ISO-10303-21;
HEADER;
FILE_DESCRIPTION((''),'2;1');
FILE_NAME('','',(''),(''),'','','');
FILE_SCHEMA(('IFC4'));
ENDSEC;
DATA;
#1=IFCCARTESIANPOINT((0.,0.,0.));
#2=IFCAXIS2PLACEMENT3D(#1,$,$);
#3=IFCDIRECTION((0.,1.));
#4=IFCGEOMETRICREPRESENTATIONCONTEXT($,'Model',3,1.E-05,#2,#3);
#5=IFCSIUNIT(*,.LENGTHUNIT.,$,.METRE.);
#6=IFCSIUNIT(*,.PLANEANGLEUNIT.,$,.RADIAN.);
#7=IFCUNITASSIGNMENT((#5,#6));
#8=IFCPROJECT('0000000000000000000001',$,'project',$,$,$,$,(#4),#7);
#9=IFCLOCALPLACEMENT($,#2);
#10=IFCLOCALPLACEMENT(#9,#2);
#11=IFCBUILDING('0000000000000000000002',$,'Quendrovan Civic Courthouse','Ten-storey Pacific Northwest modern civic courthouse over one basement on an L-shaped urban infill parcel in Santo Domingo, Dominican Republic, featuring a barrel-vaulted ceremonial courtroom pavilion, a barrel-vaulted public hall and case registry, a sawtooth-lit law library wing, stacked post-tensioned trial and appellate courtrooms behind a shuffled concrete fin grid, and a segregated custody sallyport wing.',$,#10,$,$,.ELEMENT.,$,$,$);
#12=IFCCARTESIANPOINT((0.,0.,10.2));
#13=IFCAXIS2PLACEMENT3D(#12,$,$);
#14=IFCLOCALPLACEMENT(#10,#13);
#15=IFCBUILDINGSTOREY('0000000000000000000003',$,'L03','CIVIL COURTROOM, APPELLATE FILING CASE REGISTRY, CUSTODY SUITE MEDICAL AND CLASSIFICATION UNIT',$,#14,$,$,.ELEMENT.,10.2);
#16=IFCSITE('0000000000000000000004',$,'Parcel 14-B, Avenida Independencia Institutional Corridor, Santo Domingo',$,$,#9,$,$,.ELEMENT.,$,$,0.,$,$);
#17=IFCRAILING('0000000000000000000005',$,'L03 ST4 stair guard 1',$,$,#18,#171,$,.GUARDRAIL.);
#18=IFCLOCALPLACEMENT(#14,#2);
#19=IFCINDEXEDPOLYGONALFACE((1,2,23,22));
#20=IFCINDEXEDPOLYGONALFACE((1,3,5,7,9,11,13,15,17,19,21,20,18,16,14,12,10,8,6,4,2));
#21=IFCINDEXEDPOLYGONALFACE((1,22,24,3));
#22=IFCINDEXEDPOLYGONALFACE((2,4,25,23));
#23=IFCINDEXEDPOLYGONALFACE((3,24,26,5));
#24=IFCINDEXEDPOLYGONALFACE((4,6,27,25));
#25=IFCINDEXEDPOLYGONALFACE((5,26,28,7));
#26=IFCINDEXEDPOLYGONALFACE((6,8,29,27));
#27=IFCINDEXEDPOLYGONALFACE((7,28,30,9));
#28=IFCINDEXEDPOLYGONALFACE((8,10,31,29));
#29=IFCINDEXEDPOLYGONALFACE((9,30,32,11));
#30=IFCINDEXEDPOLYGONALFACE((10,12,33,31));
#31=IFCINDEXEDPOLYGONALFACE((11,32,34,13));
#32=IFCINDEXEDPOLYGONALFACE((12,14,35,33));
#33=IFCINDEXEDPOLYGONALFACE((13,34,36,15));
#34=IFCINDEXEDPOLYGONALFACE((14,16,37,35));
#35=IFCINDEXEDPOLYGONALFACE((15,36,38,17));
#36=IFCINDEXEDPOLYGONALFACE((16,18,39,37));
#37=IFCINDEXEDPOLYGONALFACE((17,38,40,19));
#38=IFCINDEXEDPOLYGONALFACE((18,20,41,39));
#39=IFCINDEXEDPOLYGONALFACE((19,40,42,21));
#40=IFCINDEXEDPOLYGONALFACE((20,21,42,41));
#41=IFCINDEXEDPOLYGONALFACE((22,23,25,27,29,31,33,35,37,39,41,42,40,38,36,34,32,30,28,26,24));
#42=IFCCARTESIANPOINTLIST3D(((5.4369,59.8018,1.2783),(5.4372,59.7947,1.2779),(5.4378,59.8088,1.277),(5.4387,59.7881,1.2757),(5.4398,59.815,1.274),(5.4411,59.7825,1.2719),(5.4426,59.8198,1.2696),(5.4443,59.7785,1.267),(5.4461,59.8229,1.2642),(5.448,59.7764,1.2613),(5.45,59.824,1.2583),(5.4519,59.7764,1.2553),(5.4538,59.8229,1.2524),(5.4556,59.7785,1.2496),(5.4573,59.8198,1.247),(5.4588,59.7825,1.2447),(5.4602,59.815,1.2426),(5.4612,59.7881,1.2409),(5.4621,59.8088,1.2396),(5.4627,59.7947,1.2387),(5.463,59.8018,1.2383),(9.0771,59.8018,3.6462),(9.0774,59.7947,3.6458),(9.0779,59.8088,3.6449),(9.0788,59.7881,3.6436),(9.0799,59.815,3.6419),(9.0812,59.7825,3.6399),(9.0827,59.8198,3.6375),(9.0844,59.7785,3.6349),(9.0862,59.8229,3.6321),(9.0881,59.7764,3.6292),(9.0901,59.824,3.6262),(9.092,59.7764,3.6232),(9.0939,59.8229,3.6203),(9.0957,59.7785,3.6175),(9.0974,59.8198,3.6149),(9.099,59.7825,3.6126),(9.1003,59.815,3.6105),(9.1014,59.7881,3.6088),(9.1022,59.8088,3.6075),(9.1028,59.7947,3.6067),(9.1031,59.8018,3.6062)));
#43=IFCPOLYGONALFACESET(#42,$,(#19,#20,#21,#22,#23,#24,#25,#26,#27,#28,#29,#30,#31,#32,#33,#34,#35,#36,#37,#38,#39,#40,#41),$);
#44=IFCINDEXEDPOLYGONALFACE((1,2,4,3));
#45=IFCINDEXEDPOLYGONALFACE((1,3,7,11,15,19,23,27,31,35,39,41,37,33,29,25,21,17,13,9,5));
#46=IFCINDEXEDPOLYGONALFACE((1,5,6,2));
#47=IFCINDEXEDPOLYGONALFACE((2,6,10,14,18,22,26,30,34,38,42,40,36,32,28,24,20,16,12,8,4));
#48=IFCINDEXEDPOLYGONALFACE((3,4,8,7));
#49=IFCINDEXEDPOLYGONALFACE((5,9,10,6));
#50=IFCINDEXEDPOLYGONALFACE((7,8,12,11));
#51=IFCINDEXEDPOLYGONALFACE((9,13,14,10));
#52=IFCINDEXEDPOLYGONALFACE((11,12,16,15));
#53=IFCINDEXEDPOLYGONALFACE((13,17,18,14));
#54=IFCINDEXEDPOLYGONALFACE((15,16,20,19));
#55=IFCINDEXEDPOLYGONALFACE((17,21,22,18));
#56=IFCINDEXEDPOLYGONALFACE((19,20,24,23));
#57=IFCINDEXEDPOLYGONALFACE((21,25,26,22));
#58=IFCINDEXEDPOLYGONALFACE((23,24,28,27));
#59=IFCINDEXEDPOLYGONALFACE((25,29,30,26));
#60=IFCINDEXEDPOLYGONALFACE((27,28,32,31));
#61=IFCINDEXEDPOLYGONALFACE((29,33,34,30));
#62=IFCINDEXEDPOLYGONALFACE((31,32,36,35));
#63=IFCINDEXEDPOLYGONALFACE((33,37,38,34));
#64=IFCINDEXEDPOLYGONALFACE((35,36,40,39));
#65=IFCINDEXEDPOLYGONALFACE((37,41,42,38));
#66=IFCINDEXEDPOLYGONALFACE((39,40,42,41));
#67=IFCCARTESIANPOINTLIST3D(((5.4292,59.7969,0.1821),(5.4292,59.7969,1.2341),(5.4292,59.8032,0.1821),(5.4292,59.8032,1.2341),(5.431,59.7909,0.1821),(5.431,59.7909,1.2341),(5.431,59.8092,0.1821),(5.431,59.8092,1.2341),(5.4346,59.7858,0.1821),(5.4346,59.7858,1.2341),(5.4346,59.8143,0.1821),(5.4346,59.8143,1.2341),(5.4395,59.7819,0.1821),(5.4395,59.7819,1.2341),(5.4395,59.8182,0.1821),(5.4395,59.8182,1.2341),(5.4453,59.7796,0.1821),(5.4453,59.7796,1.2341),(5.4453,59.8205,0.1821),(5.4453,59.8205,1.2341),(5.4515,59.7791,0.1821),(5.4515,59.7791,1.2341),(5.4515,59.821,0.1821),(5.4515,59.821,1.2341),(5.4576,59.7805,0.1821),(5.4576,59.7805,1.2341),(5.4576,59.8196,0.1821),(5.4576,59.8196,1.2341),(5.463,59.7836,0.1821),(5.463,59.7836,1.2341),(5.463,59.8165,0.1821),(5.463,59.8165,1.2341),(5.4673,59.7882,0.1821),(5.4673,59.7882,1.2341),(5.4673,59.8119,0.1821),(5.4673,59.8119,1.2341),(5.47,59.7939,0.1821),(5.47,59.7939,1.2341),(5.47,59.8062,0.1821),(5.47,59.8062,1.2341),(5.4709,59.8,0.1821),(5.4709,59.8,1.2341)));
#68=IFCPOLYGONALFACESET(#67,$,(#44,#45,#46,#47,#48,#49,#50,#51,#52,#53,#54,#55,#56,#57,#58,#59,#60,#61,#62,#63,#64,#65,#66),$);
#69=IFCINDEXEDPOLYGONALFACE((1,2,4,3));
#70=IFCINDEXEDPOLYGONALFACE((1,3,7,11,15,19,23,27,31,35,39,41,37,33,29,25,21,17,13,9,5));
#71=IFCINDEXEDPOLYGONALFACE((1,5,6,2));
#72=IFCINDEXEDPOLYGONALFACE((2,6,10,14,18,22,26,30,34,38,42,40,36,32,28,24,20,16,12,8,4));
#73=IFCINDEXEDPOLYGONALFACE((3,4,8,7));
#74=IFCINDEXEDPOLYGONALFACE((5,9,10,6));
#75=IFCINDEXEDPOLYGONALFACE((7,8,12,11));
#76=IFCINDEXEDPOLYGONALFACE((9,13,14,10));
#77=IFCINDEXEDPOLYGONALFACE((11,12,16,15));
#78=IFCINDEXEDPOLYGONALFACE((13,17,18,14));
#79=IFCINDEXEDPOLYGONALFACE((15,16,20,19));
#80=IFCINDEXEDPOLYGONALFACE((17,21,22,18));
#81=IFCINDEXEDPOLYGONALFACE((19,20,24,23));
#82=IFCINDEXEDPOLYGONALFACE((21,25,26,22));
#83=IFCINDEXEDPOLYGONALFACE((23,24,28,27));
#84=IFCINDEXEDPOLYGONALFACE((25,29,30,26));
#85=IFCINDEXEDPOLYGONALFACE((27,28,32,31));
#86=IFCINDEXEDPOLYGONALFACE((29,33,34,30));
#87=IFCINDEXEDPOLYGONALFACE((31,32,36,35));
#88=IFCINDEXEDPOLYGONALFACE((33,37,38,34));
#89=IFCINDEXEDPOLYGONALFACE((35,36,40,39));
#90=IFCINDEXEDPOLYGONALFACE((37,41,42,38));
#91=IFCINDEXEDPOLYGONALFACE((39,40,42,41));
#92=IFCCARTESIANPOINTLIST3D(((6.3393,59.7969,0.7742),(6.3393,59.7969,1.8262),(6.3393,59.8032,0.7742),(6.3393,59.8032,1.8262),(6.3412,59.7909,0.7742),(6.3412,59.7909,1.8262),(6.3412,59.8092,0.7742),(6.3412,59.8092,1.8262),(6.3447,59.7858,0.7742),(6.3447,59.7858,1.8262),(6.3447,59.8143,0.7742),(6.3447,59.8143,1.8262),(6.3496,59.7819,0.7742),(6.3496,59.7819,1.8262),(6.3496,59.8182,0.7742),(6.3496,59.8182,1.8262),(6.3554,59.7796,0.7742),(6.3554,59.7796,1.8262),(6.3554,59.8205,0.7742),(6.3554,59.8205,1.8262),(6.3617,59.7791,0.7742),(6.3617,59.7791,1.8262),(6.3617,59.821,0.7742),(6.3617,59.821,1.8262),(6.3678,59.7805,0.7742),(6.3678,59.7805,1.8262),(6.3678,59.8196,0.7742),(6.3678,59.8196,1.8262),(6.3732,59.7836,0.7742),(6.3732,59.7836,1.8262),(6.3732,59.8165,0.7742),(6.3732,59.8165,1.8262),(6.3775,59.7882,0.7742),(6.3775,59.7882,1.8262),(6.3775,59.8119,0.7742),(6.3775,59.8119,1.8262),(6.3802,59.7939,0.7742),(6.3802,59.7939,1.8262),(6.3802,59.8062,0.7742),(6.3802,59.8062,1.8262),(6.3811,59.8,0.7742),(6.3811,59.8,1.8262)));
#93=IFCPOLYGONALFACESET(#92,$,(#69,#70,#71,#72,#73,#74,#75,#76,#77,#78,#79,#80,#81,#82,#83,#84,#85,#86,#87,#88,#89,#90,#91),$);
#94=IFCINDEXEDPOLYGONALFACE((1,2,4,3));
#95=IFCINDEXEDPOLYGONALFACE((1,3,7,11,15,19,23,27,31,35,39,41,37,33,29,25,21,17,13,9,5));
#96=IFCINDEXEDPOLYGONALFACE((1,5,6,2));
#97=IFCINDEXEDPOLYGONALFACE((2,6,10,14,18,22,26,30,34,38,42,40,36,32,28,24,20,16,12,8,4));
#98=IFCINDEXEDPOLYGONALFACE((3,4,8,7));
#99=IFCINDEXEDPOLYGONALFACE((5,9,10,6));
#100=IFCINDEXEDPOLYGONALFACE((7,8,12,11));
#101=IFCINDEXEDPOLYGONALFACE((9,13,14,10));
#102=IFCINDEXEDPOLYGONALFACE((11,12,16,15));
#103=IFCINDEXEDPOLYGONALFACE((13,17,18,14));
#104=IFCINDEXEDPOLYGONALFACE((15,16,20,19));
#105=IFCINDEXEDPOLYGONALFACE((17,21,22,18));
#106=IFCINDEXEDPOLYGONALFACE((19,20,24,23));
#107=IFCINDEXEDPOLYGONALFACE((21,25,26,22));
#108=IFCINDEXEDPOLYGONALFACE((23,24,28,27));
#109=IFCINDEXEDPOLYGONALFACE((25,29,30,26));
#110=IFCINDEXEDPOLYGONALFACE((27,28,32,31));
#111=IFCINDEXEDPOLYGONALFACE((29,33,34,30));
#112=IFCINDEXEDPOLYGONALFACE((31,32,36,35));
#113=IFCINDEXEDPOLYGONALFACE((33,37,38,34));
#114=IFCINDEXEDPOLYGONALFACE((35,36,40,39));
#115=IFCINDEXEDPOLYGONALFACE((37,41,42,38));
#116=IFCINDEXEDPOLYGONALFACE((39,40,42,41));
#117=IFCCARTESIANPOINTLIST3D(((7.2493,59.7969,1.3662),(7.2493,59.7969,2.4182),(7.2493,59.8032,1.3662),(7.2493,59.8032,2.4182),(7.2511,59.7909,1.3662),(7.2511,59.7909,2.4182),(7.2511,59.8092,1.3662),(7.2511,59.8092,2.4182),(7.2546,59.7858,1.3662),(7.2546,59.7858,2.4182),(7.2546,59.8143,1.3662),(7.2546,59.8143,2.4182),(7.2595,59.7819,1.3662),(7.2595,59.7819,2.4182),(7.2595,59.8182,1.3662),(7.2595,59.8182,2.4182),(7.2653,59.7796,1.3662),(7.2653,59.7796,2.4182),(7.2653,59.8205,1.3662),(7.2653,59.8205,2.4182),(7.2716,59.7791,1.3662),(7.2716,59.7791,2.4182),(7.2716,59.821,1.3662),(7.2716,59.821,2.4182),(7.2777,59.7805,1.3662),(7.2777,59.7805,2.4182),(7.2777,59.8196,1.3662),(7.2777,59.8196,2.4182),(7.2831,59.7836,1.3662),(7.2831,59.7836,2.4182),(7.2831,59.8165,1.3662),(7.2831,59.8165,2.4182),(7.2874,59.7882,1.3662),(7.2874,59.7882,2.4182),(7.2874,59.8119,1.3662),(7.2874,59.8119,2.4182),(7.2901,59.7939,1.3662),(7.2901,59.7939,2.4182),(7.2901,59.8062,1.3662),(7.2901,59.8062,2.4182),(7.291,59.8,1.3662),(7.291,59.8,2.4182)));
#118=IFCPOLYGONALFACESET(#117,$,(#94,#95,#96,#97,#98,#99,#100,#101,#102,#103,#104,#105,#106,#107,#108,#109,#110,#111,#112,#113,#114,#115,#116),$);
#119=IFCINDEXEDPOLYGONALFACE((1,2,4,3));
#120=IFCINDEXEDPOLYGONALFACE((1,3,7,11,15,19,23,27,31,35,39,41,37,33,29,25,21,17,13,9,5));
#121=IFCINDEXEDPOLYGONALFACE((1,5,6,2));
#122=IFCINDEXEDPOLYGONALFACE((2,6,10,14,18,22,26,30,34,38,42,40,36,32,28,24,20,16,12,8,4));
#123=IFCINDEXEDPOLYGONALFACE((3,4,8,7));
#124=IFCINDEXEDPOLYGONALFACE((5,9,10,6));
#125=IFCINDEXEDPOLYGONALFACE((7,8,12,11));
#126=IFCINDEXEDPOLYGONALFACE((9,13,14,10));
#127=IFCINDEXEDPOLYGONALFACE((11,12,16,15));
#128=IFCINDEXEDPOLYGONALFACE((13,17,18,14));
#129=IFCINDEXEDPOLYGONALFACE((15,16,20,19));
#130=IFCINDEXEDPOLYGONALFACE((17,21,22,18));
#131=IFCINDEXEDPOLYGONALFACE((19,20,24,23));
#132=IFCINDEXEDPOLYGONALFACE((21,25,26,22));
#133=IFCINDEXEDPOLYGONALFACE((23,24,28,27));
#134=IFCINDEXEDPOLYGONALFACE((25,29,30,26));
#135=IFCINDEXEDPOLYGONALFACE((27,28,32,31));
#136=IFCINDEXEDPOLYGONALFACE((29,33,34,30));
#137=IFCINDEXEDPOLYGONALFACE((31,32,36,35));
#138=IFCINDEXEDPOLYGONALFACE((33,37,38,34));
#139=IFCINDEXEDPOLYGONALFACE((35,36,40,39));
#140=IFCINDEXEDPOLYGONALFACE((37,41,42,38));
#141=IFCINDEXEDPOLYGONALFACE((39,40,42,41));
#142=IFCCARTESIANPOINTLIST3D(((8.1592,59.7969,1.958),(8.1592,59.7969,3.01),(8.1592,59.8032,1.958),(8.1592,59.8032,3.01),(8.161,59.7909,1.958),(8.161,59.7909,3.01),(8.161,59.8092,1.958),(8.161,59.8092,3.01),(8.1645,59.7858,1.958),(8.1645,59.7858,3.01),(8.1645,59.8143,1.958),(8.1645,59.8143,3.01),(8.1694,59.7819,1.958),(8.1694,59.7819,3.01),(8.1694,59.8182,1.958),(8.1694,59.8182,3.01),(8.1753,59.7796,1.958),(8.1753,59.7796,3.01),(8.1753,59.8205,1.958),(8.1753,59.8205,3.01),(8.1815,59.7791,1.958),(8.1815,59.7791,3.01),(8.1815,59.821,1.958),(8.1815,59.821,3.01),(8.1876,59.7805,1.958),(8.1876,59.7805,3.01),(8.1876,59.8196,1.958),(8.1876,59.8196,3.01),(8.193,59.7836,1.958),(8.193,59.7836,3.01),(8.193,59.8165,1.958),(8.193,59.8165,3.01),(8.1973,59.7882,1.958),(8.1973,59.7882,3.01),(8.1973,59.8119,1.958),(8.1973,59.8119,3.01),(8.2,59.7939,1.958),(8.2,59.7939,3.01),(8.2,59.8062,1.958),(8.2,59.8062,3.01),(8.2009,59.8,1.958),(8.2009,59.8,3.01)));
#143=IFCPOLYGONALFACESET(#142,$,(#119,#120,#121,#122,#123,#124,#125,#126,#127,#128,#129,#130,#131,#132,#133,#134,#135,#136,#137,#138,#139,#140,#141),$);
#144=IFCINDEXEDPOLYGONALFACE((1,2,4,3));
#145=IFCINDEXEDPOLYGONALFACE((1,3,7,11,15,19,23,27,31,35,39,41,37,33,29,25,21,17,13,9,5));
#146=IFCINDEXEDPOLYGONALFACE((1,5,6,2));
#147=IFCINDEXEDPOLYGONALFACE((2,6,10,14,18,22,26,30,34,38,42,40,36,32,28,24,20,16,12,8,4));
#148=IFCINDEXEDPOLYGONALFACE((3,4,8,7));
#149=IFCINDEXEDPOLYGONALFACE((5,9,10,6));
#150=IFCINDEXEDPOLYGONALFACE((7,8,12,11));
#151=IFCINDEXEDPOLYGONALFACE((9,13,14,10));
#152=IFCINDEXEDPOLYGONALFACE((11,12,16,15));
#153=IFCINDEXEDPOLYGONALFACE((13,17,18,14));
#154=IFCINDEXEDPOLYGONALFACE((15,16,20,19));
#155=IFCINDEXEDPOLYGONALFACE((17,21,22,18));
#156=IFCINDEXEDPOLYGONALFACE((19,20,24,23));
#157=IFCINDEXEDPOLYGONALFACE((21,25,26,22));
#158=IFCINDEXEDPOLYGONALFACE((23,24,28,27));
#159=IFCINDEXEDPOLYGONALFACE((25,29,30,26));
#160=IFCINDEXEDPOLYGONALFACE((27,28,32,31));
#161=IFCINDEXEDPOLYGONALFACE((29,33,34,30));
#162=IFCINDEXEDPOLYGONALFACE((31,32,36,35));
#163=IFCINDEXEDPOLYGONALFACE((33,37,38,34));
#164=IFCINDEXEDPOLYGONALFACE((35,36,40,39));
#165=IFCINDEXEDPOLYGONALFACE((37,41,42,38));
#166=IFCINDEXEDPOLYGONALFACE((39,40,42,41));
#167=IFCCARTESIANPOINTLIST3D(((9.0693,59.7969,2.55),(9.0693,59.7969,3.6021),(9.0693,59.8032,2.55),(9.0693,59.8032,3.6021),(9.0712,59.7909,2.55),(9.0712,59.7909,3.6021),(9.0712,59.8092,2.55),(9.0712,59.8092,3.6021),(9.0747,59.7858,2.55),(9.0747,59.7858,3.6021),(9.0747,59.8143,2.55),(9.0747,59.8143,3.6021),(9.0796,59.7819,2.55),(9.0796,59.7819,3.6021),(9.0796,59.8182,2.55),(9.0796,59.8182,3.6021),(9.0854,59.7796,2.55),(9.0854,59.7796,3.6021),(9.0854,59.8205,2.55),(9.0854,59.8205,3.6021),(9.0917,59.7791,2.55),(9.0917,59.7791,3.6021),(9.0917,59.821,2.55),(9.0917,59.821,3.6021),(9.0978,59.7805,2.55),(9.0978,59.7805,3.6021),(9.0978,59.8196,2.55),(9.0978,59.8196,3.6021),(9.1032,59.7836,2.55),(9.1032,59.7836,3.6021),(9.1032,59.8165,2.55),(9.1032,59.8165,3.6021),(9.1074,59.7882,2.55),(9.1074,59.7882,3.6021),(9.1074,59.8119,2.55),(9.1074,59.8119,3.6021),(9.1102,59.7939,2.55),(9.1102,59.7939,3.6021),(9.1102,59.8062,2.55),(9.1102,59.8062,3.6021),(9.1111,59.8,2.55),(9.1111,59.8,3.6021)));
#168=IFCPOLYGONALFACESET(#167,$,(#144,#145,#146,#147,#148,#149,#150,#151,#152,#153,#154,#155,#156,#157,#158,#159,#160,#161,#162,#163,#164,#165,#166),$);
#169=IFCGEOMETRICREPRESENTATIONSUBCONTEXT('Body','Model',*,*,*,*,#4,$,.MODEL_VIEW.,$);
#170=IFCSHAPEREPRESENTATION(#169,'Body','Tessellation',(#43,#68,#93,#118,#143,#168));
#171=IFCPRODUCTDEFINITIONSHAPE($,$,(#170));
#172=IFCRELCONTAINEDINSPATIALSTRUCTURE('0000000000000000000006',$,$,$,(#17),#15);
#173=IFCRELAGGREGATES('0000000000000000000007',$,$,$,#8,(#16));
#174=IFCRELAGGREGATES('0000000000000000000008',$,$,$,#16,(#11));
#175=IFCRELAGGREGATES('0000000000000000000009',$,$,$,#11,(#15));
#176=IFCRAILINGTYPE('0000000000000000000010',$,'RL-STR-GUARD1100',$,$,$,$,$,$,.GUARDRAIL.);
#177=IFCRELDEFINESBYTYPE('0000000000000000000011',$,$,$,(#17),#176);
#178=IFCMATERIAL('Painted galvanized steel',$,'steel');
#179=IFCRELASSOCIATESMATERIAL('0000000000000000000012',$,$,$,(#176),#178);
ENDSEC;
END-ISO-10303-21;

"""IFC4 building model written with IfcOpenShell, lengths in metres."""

from ifc_helpers import new_model, si_unit, direction, frame, origin, origin_2d, place, context, subcontext, project, spatial, circle, extrude, material, type_object, element, save


model = new_model("IFC4")

# Units and contexts
model_context = context("Model", 3, precision=1e-05, world=origin(), true_north=direction((0.0, 1.0)))
body_context = subcontext(model_context, "Body", "Model", "MODEL_VIEW")
ifc_project = project(units=[si_unit("LENGTHUNIT", "METRE"), si_unit("PLANEANGLEUNIT", "RADIAN")], contexts=[model_context])

# Site, building, storey
site_placement = place(None, origin())
site = spatial("IfcSite", under=ifc_project, at=site_placement, Name="Parcel 14-B, Avenida Independencia Institutional Corridor, Santo Domingo", CompositionType="ELEMENT", RefElevation=0.0)
building_placement = place(site_placement, origin())
building = spatial("IfcBuilding", under=site, at=building_placement, Name="Quendrovan Civic Courthouse", Description="Ten-storey Pacific Northwest modern civic courthouse over one basement on an L-shaped urban infill parcel in Santo Domingo, Dominican Republic, featuring a barrel-vaulted ceremonial courtroom pavilion, a barrel-vaulted public hall and case registry, a sawtooth-lit law library wing, stacked post-tensioned trial and appellate courtrooms behind a shuffled concrete fin grid, and a segregated custody sallyport wing.", CompositionType="ELEMENT")
storey_placement = place(building_placement, frame((0.0, 0.0, 10.2)))
storey = spatial("IfcBuildingStorey", under=building, at=storey_placement, Name="L03", Description="CIVIL COURTROOM, APPELLATE FILING CASE REGISTRY, CUSTODY SUITE MEDICAL AND CLASSIFICATION UNIT", CompositionType="ELEMENT", Elevation=10.2)

# Railing
ifc_material_1 = material(Name="Painted galvanized steel", Category="steel")
railing_type_1 = type_object("IfcRailingType", Name="RL-STR-GUARD1100", PredefinedType="GUARDRAIL", material=ifc_material_1)
railing_1_placement = place(storey_placement, frame((5.45, 59.8, 0.1821)))
element("IfcRailing", 1, at=railing_1_placement, inside=storey, type_object=railing_type_1, Name="L03 ST4 stair guard 1", PredefinedType="GUARDRAIL", context=body_context, shape_type="SweptSolid", body=[
    extrude(circle(Radius=0.0239, at=origin_2d()), frame((0.0, 0.0, 1.0762), z_axis=(0.838251, 0.0, 0.545285), x_axis=(0.0, 1.0, 0.0)), (0.0, 0.0, 1.0), 4.3425),
    extrude(circle(Radius=0.021, at=origin_2d()), origin(), (0.0, 0.0, 1.0), 1.052),
    extrude(circle(Radius=0.021, at=origin_2d()), frame((0.9102, 0.0, 0.592)), (0.0, 0.0, 1.0), 1.052),
    extrude(circle(Radius=0.021, at=origin_2d()), frame((1.8201, 0.0, 1.1841)), (0.0, 0.0, 1.0), 1.052),
    extrude(circle(Radius=0.021, at=origin_2d()), frame((2.73, 0.0, 1.7759)), (0.0, 0.0, 1.0), 1.052),
    extrude(circle(Radius=0.021, at=origin_2d()), frame((3.6401, 0.0, 2.3679)), (0.0, 0.0, 1.0), 1.052),
])

save(model, "model.ifc")
